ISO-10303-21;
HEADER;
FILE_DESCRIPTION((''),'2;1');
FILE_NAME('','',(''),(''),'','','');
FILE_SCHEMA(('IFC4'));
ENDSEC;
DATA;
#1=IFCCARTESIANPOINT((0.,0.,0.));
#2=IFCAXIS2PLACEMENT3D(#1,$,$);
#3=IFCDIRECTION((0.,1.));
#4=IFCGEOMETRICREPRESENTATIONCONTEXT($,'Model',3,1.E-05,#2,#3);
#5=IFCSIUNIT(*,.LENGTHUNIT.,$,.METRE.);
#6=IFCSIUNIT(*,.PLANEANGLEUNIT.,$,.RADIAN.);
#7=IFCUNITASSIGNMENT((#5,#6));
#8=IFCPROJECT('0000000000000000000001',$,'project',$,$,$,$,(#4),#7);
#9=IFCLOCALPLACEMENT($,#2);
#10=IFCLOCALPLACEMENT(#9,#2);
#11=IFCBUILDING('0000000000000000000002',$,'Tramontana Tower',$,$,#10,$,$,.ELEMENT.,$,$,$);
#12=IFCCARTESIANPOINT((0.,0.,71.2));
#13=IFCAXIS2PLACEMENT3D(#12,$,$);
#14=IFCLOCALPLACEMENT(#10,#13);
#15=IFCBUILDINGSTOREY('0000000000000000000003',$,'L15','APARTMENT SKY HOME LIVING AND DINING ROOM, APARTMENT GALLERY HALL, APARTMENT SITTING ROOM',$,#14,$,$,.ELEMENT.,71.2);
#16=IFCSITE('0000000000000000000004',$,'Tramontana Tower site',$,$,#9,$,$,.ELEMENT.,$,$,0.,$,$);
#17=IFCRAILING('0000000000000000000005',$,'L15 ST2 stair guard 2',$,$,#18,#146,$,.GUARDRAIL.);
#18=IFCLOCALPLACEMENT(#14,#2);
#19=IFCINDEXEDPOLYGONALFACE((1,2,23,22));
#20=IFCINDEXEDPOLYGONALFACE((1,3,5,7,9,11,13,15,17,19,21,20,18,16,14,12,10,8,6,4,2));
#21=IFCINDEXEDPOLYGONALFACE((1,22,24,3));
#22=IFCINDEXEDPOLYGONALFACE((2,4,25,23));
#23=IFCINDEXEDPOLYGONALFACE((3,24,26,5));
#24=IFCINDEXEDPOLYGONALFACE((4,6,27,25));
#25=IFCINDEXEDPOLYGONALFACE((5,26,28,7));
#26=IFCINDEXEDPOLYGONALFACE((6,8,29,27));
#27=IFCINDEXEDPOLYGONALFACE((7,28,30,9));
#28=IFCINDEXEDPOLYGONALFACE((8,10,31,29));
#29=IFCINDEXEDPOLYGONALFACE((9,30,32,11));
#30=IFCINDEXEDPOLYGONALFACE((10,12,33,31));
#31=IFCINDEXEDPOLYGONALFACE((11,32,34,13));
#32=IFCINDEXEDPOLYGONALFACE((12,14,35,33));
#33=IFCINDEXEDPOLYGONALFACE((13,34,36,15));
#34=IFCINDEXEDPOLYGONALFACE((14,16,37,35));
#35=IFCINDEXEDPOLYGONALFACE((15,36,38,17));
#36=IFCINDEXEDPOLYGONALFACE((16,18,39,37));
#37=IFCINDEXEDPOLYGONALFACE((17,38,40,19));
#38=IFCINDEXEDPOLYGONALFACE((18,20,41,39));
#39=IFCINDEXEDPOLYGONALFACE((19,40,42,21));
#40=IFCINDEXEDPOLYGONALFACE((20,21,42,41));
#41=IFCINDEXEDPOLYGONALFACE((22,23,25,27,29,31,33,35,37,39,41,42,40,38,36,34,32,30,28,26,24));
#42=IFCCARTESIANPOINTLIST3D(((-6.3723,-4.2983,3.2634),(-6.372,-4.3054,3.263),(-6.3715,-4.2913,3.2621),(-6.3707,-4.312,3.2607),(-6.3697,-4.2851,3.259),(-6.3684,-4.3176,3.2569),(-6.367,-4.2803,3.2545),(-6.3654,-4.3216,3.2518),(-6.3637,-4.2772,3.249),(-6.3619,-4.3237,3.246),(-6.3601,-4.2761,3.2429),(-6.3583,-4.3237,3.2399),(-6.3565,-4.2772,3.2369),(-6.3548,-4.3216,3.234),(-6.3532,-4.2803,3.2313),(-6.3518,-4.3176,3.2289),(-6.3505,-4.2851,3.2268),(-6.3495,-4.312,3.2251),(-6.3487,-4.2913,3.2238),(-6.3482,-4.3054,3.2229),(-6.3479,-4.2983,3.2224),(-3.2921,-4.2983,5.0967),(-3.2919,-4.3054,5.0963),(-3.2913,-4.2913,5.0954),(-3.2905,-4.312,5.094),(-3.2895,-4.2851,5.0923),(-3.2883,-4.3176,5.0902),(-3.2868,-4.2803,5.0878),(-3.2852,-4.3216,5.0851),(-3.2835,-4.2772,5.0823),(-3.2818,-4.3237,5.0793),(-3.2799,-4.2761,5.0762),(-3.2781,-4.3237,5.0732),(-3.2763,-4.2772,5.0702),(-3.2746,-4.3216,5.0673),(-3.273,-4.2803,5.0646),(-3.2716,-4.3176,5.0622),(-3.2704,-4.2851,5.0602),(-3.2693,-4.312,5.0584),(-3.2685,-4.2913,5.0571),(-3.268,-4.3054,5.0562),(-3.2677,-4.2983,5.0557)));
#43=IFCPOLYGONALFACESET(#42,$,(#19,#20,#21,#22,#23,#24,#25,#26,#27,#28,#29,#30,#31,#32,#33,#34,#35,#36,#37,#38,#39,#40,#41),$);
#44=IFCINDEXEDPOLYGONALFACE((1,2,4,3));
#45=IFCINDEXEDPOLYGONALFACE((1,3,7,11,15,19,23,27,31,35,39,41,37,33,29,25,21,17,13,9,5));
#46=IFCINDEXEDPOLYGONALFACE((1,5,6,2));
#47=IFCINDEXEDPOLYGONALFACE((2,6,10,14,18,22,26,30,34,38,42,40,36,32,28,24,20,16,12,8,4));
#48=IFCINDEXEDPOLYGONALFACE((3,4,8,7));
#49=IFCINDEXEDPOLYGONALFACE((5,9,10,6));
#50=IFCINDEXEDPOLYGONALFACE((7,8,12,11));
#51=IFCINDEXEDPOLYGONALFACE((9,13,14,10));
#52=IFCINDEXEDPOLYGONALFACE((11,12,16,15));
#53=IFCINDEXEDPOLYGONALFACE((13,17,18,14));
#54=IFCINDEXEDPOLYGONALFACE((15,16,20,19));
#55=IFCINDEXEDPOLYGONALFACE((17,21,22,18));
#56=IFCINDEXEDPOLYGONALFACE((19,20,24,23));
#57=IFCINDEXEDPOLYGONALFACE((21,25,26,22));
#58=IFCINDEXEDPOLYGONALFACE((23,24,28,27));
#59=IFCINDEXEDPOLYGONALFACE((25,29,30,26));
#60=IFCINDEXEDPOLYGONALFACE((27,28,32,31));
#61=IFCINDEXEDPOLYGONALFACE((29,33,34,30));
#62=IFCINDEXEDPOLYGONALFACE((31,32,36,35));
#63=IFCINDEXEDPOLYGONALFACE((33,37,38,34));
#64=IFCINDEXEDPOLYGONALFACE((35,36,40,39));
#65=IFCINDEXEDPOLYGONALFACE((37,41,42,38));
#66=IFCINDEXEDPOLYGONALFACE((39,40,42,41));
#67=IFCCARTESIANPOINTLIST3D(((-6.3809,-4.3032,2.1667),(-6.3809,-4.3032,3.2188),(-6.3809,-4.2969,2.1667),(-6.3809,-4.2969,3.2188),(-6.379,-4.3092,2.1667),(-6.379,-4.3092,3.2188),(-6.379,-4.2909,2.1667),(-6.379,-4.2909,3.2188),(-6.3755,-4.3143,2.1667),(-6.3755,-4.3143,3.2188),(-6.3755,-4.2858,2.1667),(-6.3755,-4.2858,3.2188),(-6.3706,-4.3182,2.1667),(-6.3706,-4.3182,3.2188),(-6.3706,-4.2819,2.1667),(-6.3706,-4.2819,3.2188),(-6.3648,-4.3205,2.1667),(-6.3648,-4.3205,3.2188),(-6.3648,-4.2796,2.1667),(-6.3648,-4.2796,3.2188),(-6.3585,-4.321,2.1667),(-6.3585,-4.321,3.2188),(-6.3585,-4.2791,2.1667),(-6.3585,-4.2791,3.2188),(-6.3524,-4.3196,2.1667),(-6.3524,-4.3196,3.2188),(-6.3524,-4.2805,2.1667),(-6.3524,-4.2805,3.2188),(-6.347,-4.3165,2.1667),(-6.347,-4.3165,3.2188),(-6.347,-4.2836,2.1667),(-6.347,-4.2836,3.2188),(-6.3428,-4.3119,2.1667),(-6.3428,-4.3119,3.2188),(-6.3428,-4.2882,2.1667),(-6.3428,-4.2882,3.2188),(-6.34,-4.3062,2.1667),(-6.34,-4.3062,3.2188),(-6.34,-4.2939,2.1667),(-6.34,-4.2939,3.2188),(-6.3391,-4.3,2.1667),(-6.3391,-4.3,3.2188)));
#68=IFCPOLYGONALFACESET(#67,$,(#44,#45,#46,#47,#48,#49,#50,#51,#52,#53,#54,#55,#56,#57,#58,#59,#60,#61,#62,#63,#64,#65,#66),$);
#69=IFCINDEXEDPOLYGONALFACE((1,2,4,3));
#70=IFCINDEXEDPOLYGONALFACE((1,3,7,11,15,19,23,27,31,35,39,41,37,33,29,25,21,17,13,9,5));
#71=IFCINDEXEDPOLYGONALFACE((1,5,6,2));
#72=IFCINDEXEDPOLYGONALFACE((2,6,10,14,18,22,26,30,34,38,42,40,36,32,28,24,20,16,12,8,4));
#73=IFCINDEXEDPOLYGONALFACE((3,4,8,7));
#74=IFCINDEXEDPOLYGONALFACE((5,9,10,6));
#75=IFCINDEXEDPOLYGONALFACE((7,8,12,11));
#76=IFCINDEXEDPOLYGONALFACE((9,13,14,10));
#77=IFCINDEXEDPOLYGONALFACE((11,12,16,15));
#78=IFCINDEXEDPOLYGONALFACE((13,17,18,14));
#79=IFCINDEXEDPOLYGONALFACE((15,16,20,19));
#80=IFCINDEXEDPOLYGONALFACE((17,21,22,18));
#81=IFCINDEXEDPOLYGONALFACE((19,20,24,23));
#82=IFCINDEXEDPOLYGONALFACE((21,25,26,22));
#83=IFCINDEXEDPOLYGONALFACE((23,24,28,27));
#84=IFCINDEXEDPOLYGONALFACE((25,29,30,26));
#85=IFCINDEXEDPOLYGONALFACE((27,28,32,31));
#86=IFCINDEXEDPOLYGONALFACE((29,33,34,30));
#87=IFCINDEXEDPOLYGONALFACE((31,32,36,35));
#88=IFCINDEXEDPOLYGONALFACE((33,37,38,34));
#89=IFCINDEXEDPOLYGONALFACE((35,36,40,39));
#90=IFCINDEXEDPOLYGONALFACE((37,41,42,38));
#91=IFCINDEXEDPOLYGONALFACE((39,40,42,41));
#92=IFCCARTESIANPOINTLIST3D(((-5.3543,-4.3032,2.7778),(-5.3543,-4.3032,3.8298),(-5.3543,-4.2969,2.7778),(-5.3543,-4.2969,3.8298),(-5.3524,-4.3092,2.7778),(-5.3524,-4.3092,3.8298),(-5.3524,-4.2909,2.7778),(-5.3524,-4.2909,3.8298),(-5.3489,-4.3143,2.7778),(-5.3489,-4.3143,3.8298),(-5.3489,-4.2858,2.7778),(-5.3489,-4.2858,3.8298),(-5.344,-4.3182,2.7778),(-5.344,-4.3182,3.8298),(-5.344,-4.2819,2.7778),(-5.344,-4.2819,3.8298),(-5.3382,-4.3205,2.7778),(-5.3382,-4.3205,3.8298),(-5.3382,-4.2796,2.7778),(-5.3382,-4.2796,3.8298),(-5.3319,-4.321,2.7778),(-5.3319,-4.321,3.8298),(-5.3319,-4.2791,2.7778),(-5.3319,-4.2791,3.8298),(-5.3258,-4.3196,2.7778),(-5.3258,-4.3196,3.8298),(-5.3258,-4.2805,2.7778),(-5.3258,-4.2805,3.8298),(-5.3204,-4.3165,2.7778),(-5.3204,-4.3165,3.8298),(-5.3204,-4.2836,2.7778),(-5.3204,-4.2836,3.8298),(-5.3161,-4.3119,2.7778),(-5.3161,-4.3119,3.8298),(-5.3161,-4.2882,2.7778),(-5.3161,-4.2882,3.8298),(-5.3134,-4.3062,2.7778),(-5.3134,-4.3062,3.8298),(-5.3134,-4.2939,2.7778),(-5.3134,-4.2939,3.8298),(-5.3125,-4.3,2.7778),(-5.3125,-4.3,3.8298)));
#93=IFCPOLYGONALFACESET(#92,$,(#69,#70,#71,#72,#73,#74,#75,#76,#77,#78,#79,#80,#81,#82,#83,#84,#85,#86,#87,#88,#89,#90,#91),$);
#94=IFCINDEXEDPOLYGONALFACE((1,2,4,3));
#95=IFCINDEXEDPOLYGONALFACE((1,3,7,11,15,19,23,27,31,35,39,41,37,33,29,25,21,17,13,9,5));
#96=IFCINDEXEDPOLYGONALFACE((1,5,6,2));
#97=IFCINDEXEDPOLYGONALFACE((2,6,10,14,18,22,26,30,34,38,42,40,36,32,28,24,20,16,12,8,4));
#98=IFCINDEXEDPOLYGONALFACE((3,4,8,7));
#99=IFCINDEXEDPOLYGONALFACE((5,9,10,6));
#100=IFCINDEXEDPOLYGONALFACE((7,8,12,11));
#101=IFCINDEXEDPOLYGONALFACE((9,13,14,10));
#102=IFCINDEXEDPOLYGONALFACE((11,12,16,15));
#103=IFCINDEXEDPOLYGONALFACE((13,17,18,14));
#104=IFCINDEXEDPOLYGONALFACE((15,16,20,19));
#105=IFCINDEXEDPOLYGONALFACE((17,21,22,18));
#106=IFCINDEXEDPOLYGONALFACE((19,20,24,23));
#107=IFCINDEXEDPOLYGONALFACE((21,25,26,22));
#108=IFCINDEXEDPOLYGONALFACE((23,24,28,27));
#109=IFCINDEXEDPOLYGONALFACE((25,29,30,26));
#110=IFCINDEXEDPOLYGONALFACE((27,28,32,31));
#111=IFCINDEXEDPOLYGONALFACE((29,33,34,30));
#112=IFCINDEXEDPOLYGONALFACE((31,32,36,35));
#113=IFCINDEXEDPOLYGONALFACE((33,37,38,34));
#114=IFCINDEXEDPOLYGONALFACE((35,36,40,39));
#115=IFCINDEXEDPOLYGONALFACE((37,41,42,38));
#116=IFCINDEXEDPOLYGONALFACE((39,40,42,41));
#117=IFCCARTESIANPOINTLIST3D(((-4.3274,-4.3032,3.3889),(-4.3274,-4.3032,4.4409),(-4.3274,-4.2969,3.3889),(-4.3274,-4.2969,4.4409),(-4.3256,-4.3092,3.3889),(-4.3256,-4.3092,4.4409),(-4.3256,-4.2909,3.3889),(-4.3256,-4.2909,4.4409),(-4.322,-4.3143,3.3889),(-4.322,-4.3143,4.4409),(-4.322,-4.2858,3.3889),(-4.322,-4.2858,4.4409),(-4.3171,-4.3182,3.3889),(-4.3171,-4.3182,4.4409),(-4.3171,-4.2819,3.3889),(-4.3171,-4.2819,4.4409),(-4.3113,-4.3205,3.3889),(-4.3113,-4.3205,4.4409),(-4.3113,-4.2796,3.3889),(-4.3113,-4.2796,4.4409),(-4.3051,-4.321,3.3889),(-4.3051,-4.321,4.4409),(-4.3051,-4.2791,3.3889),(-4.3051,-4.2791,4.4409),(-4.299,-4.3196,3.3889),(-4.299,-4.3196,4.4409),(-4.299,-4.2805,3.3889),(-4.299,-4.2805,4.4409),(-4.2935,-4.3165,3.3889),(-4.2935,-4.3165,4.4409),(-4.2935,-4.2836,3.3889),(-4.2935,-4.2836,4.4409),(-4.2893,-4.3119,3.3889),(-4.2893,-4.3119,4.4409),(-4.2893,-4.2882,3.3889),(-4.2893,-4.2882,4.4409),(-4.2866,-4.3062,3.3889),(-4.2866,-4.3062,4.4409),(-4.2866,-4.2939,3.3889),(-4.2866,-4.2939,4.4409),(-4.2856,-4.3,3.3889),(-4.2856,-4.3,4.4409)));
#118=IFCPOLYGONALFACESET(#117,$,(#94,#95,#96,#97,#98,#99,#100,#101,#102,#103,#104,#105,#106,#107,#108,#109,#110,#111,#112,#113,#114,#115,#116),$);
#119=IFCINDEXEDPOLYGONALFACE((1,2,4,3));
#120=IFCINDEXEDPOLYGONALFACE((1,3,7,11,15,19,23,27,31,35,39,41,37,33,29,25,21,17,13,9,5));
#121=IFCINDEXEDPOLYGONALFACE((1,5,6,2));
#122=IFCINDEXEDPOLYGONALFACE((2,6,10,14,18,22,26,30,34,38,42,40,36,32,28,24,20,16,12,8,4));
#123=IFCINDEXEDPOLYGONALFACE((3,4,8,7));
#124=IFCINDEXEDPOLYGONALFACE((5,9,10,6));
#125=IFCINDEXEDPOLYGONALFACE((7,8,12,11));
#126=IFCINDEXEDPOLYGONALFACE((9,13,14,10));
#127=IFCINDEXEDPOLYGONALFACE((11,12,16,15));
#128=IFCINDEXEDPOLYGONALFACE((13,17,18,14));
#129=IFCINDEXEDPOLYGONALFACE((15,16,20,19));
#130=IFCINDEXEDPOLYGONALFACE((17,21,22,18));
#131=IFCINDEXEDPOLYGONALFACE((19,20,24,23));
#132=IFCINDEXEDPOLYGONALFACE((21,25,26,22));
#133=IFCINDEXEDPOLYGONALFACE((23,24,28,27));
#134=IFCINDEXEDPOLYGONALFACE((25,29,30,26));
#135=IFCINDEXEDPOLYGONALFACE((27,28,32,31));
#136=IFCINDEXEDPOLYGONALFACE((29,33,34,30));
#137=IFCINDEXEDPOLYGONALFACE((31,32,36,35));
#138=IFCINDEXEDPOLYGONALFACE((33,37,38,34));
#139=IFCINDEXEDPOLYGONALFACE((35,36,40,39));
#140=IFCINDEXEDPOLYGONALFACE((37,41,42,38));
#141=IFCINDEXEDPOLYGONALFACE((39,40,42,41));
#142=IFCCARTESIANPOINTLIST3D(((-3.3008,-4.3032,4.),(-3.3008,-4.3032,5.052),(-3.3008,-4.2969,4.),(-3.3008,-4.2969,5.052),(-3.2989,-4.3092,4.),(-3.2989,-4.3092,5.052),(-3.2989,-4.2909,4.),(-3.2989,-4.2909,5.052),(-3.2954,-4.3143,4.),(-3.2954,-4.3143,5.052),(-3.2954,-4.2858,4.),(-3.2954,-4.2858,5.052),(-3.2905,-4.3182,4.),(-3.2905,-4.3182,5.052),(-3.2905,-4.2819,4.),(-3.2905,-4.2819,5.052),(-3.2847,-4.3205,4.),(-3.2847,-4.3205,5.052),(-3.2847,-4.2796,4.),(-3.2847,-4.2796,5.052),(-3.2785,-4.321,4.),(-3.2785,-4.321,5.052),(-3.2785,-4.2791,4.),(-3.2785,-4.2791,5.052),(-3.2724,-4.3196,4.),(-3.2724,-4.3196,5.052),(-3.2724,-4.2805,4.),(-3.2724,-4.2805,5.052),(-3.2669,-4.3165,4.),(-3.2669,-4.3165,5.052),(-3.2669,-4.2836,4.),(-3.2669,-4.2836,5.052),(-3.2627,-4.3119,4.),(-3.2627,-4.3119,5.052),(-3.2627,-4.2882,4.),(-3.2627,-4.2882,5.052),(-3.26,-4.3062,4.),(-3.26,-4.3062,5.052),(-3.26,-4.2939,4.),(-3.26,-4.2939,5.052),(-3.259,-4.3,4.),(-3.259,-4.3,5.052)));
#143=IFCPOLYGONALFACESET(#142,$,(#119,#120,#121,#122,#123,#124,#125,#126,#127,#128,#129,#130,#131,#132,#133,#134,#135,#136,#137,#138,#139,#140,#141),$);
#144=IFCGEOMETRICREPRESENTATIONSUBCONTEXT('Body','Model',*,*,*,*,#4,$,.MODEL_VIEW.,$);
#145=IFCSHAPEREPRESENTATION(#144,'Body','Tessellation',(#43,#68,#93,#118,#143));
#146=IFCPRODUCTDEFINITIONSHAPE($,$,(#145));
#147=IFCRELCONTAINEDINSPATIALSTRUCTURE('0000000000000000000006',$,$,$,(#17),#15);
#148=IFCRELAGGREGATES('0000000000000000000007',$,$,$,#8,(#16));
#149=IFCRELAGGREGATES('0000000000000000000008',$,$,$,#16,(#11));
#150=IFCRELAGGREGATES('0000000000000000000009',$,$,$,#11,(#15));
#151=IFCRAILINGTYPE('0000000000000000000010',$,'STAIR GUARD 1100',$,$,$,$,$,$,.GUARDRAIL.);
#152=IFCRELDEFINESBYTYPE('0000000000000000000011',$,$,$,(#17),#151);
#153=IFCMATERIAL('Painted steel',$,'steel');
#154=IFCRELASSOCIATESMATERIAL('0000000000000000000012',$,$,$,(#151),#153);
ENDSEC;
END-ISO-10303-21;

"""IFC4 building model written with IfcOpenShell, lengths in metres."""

from ifc_helpers import new_model, si_unit, direction, frame, origin, origin_2d, place, context, subcontext, project, spatial, circle, extrude, material, type_object, element, save


model = new_model("IFC4")

# Units and contexts
model_context = context("Model", 3, precision=1e-05, world=origin(), true_north=direction((0.0, 1.0)))
body_context = subcontext(model_context, "Body", "Model", "MODEL_VIEW")
ifc_project = project(units=[si_unit("LENGTHUNIT", "METRE"), si_unit("PLANEANGLEUNIT", "RADIAN")], contexts=[model_context])

# Site, building, storey
site_placement = place(None, origin())
site = spatial("IfcSite", under=ifc_project, at=site_placement, Name="Tramontana Tower site", CompositionType="ELEMENT", RefElevation=0.0)
building_placement = place(site_placement, origin())
building = spatial("IfcBuilding", under=site, at=building_placement, Name="Tramontana Tower", CompositionType="ELEMENT")
storey_placement = place(building_placement, frame((0.0, 0.0, 71.2)))
storey = spatial("IfcBuildingStorey", under=building, at=storey_placement, Name="L15", Description="APARTMENT SKY HOME LIVING AND DINING ROOM, APARTMENT GALLERY HALL, APARTMENT SITTING ROOM", CompositionType="ELEMENT", Elevation=71.2)

# Railing
ifc_material_1 = material(Name="Painted steel", Category="steel")
railing_type_1 = type_object("IfcRailingType", Name="STAIR GUARD 1100", PredefinedType="GUARDRAIL", material=ifc_material_1)
railing_1_placement = place(storey_placement, frame((-6.3601, -4.3, 2.1667)))
element("IfcRailing", 1, at=railing_1_placement, inside=storey, type_object=railing_type_1, Name="L15 ST2 stair guard 2", PredefinedType="GUARDRAIL", context=body_context, shape_type="SweptSolid", body=[
    extrude(circle(Radius=0.0239, at=origin_2d()), frame((0.0, 0.0, 1.0762), z_axis=(0.859309, 0.0, 0.511458), x_axis=(0.0, 1.0, 0.0)), (0.0, 0.0, 1.0), 3.5845),
    extrude(circle(Radius=0.021, at=origin_2d()), origin(), (0.0, 0.0, 1.0), 1.052),
    extrude(circle(Radius=0.021, at=origin_2d()), frame((1.0266, 0.0, 0.6111)), (0.0, 0.0, 1.0), 1.052),
    extrude(circle(Radius=0.021, at=origin_2d()), frame((2.0535, 0.0, 1.2222)), (0.0, 0.0, 1.0), 1.052),
    extrude(circle(Radius=0.021, at=origin_2d()), frame((3.0801, 0.0, 1.8333)), (0.0, 0.0, 1.0), 1.052),
])

save(model, "model.ifc")
